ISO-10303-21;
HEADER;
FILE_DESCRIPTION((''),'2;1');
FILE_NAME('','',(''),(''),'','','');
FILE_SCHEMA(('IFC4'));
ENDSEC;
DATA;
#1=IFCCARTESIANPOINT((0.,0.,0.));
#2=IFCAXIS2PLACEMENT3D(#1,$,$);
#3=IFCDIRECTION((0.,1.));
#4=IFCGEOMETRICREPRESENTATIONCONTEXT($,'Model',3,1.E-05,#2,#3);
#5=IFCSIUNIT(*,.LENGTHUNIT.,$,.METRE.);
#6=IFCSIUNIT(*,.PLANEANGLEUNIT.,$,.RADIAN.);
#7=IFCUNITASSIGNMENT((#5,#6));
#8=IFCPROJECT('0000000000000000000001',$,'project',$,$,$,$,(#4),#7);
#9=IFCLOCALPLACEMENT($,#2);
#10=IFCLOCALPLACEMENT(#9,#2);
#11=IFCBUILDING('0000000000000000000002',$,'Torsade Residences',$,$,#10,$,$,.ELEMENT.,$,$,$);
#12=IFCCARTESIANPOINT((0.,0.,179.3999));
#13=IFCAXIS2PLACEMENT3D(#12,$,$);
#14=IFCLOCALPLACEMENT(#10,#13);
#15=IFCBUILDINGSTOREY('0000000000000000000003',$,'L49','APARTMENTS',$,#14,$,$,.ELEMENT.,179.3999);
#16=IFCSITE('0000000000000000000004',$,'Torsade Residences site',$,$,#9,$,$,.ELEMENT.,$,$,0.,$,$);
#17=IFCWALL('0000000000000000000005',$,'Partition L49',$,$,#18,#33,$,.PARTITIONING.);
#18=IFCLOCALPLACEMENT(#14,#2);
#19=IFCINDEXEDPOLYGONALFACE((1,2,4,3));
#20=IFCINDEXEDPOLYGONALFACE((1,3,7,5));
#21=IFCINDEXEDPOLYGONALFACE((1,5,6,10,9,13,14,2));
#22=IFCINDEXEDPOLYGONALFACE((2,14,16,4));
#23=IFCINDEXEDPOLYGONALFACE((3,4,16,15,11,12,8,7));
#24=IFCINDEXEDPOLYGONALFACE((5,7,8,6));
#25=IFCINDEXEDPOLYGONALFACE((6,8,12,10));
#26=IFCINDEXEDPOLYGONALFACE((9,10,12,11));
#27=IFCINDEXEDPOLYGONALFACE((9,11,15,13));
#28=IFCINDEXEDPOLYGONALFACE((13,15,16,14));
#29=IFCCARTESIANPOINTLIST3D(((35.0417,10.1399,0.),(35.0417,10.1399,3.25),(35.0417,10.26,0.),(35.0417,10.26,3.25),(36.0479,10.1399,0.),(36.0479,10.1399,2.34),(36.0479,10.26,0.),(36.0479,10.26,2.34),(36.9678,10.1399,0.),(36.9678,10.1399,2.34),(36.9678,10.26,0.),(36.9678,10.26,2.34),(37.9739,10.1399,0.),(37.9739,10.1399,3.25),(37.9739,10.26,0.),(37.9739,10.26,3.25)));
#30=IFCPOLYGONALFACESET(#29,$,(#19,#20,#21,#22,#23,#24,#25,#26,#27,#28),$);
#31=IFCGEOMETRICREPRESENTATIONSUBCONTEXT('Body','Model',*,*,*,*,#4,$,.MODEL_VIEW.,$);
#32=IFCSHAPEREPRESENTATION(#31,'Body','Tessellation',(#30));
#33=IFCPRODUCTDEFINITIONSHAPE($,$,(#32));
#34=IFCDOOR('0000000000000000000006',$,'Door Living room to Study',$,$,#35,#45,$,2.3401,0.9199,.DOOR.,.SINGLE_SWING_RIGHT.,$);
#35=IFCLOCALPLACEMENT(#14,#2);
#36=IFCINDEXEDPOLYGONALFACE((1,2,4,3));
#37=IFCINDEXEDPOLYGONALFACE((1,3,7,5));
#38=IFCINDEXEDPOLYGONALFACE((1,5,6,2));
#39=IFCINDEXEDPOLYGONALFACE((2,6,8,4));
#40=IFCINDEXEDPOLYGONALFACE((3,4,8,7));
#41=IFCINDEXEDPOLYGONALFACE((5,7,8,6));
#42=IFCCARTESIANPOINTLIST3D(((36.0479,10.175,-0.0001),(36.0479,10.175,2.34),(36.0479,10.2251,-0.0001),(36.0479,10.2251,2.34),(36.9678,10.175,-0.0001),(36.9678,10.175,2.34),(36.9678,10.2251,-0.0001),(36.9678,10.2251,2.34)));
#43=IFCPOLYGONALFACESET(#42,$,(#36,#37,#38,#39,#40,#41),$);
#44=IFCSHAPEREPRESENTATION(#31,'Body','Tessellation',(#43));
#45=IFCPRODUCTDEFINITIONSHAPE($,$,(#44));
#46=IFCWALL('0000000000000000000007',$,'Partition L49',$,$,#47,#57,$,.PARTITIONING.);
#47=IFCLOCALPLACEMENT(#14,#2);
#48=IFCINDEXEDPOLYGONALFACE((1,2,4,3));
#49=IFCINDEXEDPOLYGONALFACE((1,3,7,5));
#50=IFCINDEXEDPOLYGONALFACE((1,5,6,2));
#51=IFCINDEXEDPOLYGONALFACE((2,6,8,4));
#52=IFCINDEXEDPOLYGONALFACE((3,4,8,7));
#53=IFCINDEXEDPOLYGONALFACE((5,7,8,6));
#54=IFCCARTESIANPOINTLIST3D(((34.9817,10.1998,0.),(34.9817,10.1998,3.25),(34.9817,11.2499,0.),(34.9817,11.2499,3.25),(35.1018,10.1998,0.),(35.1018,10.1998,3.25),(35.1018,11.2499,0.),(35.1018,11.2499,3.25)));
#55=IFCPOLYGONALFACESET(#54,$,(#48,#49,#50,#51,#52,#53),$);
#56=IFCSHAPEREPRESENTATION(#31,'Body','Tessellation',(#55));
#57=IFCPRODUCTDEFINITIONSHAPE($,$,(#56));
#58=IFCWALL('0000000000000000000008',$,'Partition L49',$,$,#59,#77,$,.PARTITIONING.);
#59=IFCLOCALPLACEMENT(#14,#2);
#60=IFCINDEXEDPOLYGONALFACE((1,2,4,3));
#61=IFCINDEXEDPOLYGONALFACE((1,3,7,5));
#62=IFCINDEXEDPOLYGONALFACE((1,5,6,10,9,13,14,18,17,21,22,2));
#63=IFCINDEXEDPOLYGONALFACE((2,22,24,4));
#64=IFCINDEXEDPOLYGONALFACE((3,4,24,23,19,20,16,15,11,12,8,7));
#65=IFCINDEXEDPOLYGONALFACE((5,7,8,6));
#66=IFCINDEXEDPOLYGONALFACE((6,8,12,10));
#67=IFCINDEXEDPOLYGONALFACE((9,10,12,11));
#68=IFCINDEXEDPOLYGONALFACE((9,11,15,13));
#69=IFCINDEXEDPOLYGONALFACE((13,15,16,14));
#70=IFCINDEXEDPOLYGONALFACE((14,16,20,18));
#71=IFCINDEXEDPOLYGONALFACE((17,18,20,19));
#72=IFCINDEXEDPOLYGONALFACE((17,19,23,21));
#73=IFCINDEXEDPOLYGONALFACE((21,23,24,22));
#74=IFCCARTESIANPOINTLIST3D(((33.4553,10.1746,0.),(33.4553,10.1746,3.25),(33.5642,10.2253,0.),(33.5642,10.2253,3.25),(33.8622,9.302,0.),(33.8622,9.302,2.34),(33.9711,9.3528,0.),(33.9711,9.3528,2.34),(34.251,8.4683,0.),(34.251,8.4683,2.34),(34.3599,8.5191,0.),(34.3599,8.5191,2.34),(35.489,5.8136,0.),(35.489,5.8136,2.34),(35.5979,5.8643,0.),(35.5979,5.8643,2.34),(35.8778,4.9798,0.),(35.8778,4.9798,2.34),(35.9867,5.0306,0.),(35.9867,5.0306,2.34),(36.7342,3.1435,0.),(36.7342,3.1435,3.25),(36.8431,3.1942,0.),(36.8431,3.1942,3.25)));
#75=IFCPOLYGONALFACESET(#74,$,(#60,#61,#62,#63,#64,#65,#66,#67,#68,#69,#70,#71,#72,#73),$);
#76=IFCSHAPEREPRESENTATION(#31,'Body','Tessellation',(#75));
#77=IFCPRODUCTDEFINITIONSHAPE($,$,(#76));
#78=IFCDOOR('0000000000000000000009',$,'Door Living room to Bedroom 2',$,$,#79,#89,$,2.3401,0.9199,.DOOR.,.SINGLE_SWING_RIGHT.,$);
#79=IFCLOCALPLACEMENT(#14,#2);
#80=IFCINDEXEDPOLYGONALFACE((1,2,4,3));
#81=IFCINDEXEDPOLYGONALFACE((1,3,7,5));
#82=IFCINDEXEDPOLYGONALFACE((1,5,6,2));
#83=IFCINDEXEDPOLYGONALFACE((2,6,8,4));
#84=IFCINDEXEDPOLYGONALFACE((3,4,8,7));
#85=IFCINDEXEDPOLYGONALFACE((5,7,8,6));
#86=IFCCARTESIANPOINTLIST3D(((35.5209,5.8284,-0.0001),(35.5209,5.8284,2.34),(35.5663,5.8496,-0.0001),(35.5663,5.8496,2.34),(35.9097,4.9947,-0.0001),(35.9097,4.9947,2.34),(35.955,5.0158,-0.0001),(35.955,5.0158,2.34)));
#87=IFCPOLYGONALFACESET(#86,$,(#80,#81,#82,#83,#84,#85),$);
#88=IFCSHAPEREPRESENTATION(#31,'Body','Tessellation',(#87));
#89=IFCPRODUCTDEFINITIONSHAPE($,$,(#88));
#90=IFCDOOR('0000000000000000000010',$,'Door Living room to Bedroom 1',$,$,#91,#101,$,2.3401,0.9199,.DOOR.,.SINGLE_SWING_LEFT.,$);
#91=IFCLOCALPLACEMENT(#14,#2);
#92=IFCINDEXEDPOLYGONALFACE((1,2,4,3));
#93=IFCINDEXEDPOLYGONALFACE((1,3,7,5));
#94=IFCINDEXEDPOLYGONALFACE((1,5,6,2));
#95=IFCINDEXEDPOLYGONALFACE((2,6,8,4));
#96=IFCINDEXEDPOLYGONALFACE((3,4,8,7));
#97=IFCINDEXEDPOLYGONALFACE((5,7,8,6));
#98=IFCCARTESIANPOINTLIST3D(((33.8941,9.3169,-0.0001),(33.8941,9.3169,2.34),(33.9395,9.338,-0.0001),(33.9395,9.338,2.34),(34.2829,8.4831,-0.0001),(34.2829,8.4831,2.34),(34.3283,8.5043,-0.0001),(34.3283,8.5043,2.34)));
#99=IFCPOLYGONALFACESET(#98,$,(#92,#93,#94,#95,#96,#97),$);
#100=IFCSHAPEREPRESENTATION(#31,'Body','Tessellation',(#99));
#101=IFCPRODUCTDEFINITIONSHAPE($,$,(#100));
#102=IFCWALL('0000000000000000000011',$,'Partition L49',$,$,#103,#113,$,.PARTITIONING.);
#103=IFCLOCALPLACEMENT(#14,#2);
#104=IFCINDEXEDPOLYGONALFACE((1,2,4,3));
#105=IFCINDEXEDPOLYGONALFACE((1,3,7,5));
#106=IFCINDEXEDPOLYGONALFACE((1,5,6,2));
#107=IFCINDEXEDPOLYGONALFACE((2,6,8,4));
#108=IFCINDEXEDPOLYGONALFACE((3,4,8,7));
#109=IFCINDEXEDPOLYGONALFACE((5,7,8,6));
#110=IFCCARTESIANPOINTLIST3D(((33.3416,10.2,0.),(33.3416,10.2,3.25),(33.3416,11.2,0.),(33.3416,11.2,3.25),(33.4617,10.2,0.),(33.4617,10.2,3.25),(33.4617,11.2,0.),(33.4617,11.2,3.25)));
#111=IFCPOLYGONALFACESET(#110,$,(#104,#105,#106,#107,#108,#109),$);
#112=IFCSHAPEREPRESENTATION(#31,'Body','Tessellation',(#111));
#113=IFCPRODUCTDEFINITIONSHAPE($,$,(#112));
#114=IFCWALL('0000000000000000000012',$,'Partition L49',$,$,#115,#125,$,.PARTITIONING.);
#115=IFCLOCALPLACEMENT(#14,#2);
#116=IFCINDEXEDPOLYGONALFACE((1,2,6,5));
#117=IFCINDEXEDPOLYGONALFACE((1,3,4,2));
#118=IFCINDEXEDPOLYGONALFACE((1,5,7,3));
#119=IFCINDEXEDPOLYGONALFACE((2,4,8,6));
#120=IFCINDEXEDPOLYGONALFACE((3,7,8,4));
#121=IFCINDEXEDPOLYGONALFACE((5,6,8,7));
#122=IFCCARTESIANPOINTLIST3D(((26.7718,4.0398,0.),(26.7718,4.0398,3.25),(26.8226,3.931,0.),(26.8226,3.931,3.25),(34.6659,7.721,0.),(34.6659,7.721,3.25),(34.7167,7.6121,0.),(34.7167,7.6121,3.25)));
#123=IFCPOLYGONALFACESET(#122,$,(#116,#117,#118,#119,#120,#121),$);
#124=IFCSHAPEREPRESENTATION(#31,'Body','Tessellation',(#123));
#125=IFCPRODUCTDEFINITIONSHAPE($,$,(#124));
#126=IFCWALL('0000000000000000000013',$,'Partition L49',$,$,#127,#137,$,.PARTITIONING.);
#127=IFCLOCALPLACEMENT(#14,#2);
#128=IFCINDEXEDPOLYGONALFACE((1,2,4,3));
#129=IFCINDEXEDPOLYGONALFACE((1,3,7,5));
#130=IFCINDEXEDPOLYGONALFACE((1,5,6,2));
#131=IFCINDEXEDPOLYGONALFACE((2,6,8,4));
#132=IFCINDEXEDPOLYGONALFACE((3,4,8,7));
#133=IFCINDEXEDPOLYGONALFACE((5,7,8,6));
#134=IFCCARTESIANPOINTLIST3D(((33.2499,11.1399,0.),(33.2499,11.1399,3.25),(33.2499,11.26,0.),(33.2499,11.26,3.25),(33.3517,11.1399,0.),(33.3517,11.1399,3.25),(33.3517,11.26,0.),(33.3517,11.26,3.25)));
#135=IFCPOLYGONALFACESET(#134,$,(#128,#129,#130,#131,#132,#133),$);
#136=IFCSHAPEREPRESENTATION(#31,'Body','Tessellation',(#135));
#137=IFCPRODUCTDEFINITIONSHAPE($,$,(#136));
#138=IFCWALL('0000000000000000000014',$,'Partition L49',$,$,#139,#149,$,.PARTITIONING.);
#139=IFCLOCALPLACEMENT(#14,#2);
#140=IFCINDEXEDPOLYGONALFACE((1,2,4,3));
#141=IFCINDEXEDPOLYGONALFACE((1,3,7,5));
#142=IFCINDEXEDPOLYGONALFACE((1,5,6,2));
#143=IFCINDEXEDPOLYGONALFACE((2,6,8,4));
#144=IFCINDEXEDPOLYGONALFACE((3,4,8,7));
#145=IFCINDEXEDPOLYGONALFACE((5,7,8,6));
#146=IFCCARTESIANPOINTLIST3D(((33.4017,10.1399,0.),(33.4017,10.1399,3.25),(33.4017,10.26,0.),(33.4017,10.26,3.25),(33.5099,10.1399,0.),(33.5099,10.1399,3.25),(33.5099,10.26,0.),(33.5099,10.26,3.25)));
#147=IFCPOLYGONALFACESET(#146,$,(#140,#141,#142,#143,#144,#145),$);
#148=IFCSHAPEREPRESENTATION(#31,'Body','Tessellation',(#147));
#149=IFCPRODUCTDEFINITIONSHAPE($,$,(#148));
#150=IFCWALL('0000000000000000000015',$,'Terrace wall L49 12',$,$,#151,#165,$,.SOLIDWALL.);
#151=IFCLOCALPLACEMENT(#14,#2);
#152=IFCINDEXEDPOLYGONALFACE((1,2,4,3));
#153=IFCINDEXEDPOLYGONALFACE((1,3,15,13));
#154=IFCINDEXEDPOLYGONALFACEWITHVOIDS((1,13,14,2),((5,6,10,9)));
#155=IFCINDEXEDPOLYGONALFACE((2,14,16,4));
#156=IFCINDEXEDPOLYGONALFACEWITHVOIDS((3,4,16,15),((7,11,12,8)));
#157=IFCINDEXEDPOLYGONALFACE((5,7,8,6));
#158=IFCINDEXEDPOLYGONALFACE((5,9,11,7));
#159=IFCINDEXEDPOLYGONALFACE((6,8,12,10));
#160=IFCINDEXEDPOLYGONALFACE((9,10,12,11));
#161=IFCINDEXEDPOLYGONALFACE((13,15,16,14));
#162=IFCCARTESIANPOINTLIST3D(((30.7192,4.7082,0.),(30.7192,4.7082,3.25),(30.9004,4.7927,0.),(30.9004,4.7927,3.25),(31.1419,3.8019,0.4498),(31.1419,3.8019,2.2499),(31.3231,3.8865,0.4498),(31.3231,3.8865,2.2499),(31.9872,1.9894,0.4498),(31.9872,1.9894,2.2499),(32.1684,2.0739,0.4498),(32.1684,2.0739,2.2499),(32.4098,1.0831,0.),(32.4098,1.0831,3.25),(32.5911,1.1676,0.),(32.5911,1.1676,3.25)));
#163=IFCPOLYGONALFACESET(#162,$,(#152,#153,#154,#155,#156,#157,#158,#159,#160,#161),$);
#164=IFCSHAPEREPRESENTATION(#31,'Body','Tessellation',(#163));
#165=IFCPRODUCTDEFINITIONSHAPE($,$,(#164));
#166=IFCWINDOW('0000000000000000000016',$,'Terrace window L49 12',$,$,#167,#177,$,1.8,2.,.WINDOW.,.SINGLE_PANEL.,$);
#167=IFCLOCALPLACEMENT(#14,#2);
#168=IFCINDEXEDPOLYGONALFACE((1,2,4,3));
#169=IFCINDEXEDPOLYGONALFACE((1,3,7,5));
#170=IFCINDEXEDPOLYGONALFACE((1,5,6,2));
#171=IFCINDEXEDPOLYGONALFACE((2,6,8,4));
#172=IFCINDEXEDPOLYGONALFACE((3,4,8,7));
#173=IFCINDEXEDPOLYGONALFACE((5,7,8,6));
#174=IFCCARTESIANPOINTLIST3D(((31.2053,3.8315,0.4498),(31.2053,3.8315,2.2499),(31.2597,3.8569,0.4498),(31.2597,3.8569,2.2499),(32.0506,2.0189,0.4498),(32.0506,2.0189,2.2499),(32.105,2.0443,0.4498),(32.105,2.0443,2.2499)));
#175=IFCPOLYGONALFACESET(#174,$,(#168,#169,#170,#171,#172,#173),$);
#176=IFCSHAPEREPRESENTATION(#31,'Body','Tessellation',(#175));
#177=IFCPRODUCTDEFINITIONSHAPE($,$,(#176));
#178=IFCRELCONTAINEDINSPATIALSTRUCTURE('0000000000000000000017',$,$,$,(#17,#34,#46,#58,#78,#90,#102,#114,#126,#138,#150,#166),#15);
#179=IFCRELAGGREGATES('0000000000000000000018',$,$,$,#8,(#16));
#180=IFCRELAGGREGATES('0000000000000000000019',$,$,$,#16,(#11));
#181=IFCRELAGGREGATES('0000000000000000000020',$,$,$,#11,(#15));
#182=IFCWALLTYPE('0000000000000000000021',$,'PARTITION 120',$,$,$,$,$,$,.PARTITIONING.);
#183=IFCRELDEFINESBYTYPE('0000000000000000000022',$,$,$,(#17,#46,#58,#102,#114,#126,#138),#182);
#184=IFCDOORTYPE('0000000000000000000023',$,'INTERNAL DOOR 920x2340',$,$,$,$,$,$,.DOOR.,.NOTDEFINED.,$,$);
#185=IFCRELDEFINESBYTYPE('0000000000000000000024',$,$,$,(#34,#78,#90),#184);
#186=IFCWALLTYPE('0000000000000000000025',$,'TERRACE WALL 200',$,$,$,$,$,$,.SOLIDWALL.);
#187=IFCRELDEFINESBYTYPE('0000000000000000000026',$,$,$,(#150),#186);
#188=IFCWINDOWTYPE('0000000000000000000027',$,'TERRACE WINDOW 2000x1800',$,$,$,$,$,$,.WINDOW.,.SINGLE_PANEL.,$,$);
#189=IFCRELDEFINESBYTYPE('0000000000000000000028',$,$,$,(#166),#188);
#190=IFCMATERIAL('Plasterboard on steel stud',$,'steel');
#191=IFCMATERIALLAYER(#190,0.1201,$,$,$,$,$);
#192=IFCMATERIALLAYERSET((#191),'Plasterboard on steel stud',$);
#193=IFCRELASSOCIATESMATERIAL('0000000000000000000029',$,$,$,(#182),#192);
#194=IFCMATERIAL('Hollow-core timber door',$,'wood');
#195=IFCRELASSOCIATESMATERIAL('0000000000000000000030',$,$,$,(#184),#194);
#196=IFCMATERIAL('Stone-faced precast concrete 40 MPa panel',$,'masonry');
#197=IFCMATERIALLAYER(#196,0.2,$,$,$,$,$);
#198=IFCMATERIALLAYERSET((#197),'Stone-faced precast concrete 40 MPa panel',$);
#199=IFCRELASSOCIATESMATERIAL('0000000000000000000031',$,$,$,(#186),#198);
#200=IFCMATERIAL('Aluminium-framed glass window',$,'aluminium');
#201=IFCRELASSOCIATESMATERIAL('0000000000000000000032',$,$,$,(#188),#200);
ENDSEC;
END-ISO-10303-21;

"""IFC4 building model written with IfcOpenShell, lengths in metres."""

from ifc_helpers import new_model, si_unit, direction, frame, frame_2d, origin, place, context, subcontext, project, spatial, rectangle, extrude, material, layer, layer_set, type_object, element, fill, save


model = new_model("IFC4")

# Units and contexts
model_context = context("Model", 3, precision=1e-05, world=origin(), true_north=direction((0.0, 1.0)))
body_context = subcontext(model_context, "Body", "Model", "MODEL_VIEW")
ifc_project = project(units=[si_unit("LENGTHUNIT", "METRE"), si_unit("PLANEANGLEUNIT", "RADIAN")], contexts=[model_context])

# Site, building, storey
site_placement = place(None, origin())
site = spatial("IfcSite", under=ifc_project, at=site_placement, Name="Torsade Residences site", CompositionType="ELEMENT", RefElevation=0.0)
building_placement = place(site_placement, origin())
building = spatial("IfcBuilding", under=site, at=building_placement, Name="Torsade Residences", CompositionType="ELEMENT")
storey_placement = place(building_placement, frame((0.0, 0.0, 179.3999)))
storey = spatial("IfcBuildingStorey", under=building, at=storey_placement, Name="L49", Description="APARTMENTS", CompositionType="ELEMENT", Elevation=179.3999)

# Shared definitions
ifc_material_1 = material(Name="Plasterboard on steel stud", Category="steel")
ifc_layer_1 = layer(ifc_material_1, 0.1201)
ifc_layer_set_1 = layer_set([ifc_layer_1], Name="Plasterboard on steel stud")
wall_type_1 = type_object("IfcWallType", Name="PARTITION 120", PredefinedType="PARTITIONING", material=ifc_layer_set_1)
ifc_material_2 = material(Name="Hollow-core timber door", Category="wood")
door_type_1 = type_object("IfcDoorType", Name="INTERNAL DOOR 920x2340", OperationType="NOTDEFINED", PredefinedType="DOOR", material=ifc_material_2)

# Wall, opening, door
wall_1_placement = place(storey_placement, frame((37.9739, 10.2, 0.0), z_axis=(0.0, 0.0, 1.0), x_axis=(-1.0, 0.0, 0.0)))
wall_1 = element("IfcWall", 1, at=wall_1_placement, inside=storey, type_object=wall_type_1, Name="Partition L49", PredefinedType="PARTITIONING", context=body_context, shape_type="SweptSolid", body=[
    extrude(rectangle(XDim=2.9321, YDim=0.1201, at=frame_2d((1.4661, 0.0))), origin(), (0.0, 0.0, 1.0), 3.25),
])
opening_1_placement = place(wall_1_placement, frame((1.0061, 0.0, 0.0)))
opening_1 = element("IfcOpeningElement", 2, at=opening_1_placement, cuts=wall_1, PredefinedType="OPENING", context=body_context, shape_type="SweptSolid", body=[
    extrude(rectangle(XDim=0.9199, YDim=2.3401, at=frame_2d((0.46, 1.1699))), frame((0.0, 0.0701, 0.0), z_axis=(0.0, -1.0, 0.0), x_axis=(1.0, 0.0, 0.0)), (0.0, 0.0, 1.0), 0.1401),
])
door_1_placement = place(opening_1_placement, origin())
door_1 = element("IfcDoor", 3, at=door_1_placement, inside=storey, type_object=door_type_1, Name="Door Living room to Study", OperationType="SINGLE_SWING_RIGHT", OverallHeight=2.3401, OverallWidth=0.9199, PredefinedType="DOOR", context=body_context, shape_type="SweptSolid", body=[
    extrude(rectangle(XDim=0.9199, YDim=2.3401, at=frame_2d((0.46, 1.1699))), frame((0.0, 0.0249, 0.0), z_axis=(0.0, -1.0, 0.0), x_axis=(1.0, 0.0, 0.0)), (0.0, 0.0, 1.0), 0.05),
])
fill(opening_1, door_1)

# Wall
wall_2_placement = place(storey_placement, frame((35.0417, 10.2, 0.0), z_axis=(0.0, 0.0, 1.0), x_axis=(0.0, 1.0, 0.0)))
element("IfcWall", 4, at=wall_2_placement, inside=storey, type_object=wall_type_1, Name="Partition L49", PredefinedType="PARTITIONING", context=body_context, shape_type="SweptSolid", body=[
    extrude(rectangle(XDim=1.05, YDim=0.1201, at=frame_2d((0.5249, 0.0))), origin(), (0.0, 0.0, 1.0), 3.25),
])

# Wall, openings, doors
wall_3_placement = place(storey_placement, frame((36.7886, 3.1689, 0.0), z_axis=(0.0, 0.0, 1.0), x_axis=(-0.422639, 0.906298, 0.0)))
wall_3 = element("IfcWall", 5, at=wall_3_placement, inside=storey, type_object=wall_type_1, Name="Partition L49", PredefinedType="PARTITIONING", context=body_context, shape_type="SweptSolid", body=[
    extrude(rectangle(XDim=7.7581, YDim=0.1201, at=frame_2d((3.8789, 0.0))), origin(), (0.0, 0.0, 1.0), 3.25),
])
opening_2_placement = place(wall_3_placement, frame((2.0261, 0.0, 0.0)))
opening_2 = element("IfcOpeningElement", 6, at=opening_2_placement, cuts=wall_3, PredefinedType="OPENING", context=body_context, shape_type="SweptSolid", body=[
    extrude(rectangle(XDim=0.9199, YDim=2.3401, at=frame_2d((0.46, 1.1699))), frame((0.0, 0.0701, 0.0), z_axis=(0.0, -1.0, 0.0), x_axis=(1.0, 0.0, 0.0)), (0.0, 0.0, 1.0), 0.1401),
])
opening_3_placement = place(wall_3_placement, frame((5.8752, 0.0, 0.0)))
opening_3 = element("IfcOpeningElement", 7, at=opening_3_placement, cuts=wall_3, PredefinedType="OPENING", context=body_context, shape_type="SweptSolid", body=[
    extrude(rectangle(XDim=0.9199, YDim=2.3401, at=frame_2d((0.46, 1.1699))), frame((0.0, 0.0701, 0.0), z_axis=(0.0, -1.0, 0.0), x_axis=(1.0, 0.0, 0.0)), (0.0, 0.0, 1.0), 0.1401),
])
door_2_placement = place(opening_2_placement, origin())
door_2 = element("IfcDoor", 8, at=door_2_placement, inside=storey, type_object=door_type_1, Name="Door Living room to Bedroom 2", OperationType="SINGLE_SWING_RIGHT", OverallHeight=2.3401, OverallWidth=0.9199, PredefinedType="DOOR", context=body_context, shape_type="SweptSolid", body=[
    extrude(rectangle(XDim=0.9199, YDim=2.3401, at=frame_2d((0.46, 1.1699))), frame((0.0, 0.0249, 0.0), z_axis=(0.0, -1.0, 0.0), x_axis=(1.0, 0.0, 0.0)), (0.0, 0.0, 1.0), 0.05),
])
fill(opening_2, door_2)
door_3_placement = place(opening_3_placement, origin())
door_3 = element("IfcDoor", 9, at=door_3_placement, inside=storey, type_object=door_type_1, Name="Door Living room to Bedroom 1", OperationType="SINGLE_SWING_LEFT", OverallHeight=2.3401, OverallWidth=0.9199, PredefinedType="DOOR", context=body_context, shape_type="SweptSolid", body=[
    extrude(rectangle(XDim=0.9199, YDim=2.3401, at=frame_2d((0.46, 1.1699))), frame((0.0, 0.0249, 0.0), z_axis=(0.0, -1.0, 0.0), x_axis=(1.0, 0.0, 0.0)), (0.0, 0.0, 1.0), 0.05),
])
fill(opening_3, door_3)

# Walls
wall_4_placement = place(storey_placement, frame((33.4016, 10.2, 0.0), z_axis=(0.0, 0.0, 1.0), x_axis=(0.0, 1.0, 0.0)))
element("IfcWall", 10, at=wall_4_placement, inside=storey, type_object=wall_type_1, Name="Partition L49", PredefinedType="PARTITIONING", context=body_context, shape_type="SweptSolid", body=[
    extrude(rectangle(XDim=1.0, YDim=0.1201, at=frame_2d((0.5, 0.0))), origin(), (0.0, 0.0, 1.0), 3.25),
])
wall_5_placement = place(storey_placement, frame((34.6912, 7.6665, 0.0), z_axis=(0.0, 0.0, 1.0), x_axis=(-0.906303, -0.422628, 0.0)))
element("IfcWall", 11, at=wall_5_placement, inside=storey, type_object=wall_type_1, Name="Partition L49", PredefinedType="PARTITIONING", context=body_context, shape_type="SweptSolid", body=[
    extrude(rectangle(XDim=8.7102, YDim=0.1201, at=frame_2d((4.355, 0.0))), origin(), (0.0, 0.0, 1.0), 3.25),
])
wall_6_placement = place(storey_placement, frame((33.25, 11.2, 0.0), z_axis=(0.0, 0.0, 1.0), x_axis=(1.0, 0.0, 0.0)))
element("IfcWall", 12, at=wall_6_placement, inside=storey, type_object=wall_type_1, Name="Partition L49", PredefinedType="PARTITIONING", context=body_context, shape_type="SweptSolid", body=[
    extrude(rectangle(XDim=0.1018, YDim=0.1201, at=frame_2d((0.0508, 0.0))), origin(), (0.0, 0.0, 1.0), 3.25),
])
wall_7_placement = place(storey_placement, frame((33.4016, 10.2, 0.0), z_axis=(0.0, 0.0, 1.0), x_axis=(1.0, 0.0, 0.0)))
element("IfcWall", 13, at=wall_7_placement, inside=storey, type_object=wall_type_1, Name="Partition L49", PredefinedType="PARTITIONING", context=body_context, shape_type="SweptSolid", body=[
    extrude(rectangle(XDim=0.1082, YDim=0.1201, at=frame_2d((0.0542, 0.0))), origin(), (0.0, 0.0, 1.0), 3.25),
])

# Wall, opening, window
ifc_material_3 = material(Name="Stone-faced precast concrete 40 MPa panel", Category="masonry")
ifc_layer_2 = layer(ifc_material_3, 0.2)
ifc_layer_set_2 = layer_set([ifc_layer_2], Name="Stone-faced precast concrete 40 MPa panel")
wall_type_2 = type_object("IfcWallType", Name="TERRACE WALL 200", PredefinedType="SOLIDWALL", material=ifc_layer_set_2)
wall_8_placement = place(storey_placement, frame((30.8098, 4.7505, 0.0), z_axis=(0.0, 0.0, 1.0), x_axis=(0.422658, -0.906289, 0.0)))
wall_8 = element("IfcWall", 14, at=wall_8_placement, inside=storey, type_object=wall_type_2, Name="Terrace wall L49 12", PredefinedType="SOLIDWALL", context=body_context, shape_type="SweptSolid", body=[
    extrude(rectangle(XDim=4.0, YDim=0.2, at=frame_2d((2.0, 0.0))), origin(), (0.0, 0.0, 1.0), 3.25),
])
opening_4_placement = place(wall_8_placement, frame((1.0, 0.0, 0.45)))
opening_4 = element("IfcOpeningElement", 15, at=opening_4_placement, cuts=wall_8, PredefinedType="OPENING", context=body_context, shape_type="SweptSolid", body=[
    extrude(rectangle(XDim=2.0, YDim=1.8, at=frame_2d((1.0, 0.8999))), frame((0.0, 0.1099, 0.0), z_axis=(0.0, -1.0, 0.0), x_axis=(1.0, 0.0, 0.0)), (0.0, 0.0, 1.0), 0.22),
])
ifc_material_4 = material(Name="Aluminium-framed glass window", Category="aluminium")
window_type = type_object("IfcWindowType", Name="TERRACE WINDOW 2000x1800", PartitioningType="SINGLE_PANEL", PredefinedType="WINDOW", material=ifc_material_4)
window_placement = place(opening_4_placement, origin())
window = element("IfcWindow", 16, at=window_placement, inside=storey, type_object=window_type, Name="Terrace window L49 12", OverallHeight=1.8, OverallWidth=2.0, PartitioningType="SINGLE_PANEL", PredefinedType="WINDOW", context=body_context, shape_type="SweptSolid", body=[
    extrude(rectangle(XDim=2.0, YDim=1.8, at=frame_2d((1.0, 0.8999))), frame((0.0, 0.03, 0.0), z_axis=(0.0, -1.0, 0.0), x_axis=(1.0, 0.0, 0.0)), (0.0, 0.0, 1.0), 0.0601),
])
fill(opening_4, window)

save(model, "model.ifc")
